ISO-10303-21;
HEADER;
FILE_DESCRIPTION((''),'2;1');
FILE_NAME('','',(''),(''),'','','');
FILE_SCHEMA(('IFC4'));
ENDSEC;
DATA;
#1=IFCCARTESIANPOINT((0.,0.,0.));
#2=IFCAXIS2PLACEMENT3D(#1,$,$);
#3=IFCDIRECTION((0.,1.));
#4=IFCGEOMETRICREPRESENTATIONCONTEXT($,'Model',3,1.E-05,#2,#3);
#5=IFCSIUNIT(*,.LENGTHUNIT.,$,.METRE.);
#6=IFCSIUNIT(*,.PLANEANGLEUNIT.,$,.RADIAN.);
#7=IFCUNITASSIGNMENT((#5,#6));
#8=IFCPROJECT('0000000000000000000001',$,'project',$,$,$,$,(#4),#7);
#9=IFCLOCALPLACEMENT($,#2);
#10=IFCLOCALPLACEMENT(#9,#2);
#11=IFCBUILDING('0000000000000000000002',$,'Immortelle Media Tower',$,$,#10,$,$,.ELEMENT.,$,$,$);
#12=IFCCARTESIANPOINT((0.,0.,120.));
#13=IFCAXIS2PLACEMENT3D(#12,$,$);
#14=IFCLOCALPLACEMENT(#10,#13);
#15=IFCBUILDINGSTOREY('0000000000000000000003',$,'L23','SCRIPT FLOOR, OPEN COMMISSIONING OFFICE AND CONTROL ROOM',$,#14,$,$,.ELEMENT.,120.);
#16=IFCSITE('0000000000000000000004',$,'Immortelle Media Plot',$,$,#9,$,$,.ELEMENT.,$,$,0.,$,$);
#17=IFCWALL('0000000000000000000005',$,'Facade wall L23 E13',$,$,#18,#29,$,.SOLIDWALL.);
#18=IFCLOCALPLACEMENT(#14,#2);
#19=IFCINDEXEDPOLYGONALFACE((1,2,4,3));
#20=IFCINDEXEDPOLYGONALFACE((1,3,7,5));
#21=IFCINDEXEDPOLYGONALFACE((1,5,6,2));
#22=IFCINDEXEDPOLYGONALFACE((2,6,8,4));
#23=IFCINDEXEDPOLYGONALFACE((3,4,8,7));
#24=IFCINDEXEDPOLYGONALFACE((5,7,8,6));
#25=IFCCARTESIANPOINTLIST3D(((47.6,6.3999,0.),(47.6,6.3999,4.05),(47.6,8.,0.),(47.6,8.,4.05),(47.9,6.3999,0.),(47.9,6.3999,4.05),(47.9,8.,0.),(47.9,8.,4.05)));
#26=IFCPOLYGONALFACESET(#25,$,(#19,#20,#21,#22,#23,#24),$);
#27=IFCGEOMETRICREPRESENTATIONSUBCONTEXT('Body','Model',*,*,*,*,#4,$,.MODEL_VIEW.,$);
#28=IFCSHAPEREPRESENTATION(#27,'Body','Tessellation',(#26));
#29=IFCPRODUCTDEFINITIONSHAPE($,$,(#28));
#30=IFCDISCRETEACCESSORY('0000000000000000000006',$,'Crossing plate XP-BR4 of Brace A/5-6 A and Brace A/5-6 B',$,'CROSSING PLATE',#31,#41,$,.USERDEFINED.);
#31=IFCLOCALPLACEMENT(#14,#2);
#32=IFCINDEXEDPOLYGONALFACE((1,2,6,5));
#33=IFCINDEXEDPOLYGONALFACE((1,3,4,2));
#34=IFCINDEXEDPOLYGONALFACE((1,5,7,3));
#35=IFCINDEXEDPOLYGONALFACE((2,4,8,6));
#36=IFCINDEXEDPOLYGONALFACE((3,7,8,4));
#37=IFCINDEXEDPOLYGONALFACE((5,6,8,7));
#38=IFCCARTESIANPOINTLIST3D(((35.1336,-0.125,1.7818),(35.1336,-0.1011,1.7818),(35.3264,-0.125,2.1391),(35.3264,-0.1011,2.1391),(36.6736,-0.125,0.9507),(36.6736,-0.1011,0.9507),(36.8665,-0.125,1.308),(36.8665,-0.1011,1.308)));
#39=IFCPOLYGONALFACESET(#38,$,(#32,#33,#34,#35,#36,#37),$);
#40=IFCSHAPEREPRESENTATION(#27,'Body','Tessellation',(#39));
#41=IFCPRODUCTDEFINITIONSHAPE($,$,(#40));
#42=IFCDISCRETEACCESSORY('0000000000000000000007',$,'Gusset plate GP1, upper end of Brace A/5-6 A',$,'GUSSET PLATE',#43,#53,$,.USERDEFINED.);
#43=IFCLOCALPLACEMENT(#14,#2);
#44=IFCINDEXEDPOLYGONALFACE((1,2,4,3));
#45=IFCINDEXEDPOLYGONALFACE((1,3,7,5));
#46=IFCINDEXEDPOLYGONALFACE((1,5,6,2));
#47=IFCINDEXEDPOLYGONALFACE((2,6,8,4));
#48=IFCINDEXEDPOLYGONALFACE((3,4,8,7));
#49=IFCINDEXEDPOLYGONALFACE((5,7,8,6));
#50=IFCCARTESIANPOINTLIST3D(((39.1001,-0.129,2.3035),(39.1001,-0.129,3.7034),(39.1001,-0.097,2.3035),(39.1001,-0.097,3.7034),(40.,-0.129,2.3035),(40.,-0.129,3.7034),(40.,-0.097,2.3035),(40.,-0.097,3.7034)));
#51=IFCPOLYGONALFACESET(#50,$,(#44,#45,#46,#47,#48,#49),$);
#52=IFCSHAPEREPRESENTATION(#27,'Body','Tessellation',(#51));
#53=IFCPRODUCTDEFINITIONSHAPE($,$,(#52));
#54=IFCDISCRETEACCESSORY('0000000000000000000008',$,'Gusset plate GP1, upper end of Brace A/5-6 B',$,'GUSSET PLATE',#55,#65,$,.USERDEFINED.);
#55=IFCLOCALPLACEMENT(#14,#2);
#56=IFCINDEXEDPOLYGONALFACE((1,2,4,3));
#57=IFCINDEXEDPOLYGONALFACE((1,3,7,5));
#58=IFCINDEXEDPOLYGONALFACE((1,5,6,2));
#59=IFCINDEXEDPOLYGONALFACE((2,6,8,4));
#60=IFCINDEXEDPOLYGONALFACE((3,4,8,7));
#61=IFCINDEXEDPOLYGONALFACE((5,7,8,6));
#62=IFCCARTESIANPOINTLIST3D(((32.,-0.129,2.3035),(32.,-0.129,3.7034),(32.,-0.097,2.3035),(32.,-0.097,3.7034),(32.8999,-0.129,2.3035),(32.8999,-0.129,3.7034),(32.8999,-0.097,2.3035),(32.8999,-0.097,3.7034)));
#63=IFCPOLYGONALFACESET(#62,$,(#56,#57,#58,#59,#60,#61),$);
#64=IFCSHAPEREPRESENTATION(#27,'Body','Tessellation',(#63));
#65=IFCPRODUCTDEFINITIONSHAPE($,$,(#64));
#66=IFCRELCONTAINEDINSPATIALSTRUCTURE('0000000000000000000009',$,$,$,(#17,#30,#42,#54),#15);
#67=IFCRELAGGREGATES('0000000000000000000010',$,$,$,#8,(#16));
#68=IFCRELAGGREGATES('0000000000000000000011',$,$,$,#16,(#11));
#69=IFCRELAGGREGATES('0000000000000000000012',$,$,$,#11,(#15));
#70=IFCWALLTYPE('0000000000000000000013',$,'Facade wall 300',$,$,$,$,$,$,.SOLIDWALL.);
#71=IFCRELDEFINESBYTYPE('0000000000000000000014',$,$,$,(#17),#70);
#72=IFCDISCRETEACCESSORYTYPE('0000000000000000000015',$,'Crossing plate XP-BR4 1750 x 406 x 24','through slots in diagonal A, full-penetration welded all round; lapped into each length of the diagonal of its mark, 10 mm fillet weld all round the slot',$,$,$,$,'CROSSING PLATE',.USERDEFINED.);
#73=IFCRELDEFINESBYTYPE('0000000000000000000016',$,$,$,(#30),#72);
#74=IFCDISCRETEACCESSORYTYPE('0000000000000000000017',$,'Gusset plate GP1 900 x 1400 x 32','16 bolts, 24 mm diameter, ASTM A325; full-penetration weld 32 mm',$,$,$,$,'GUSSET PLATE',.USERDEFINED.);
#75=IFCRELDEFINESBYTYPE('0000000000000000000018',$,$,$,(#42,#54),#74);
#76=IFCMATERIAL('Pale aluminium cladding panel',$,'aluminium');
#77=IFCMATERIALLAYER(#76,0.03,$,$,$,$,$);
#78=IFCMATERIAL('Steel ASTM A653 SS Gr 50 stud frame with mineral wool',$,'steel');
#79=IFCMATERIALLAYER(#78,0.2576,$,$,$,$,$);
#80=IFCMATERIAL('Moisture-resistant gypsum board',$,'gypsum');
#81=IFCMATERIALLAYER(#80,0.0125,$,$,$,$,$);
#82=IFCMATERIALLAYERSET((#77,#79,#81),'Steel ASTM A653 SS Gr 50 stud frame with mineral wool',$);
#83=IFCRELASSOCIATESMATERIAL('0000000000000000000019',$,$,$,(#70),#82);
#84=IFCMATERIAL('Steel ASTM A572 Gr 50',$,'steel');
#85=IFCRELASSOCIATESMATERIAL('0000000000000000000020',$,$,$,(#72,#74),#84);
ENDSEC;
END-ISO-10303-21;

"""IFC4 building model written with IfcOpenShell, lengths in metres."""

from ifc_helpers import new_model, si_unit, direction, frame, frame_2d, origin, origin_2d, place, context, subcontext, project, spatial, rectangle, extrude, material, layer, layer_set, material_profile, profile_set, type_object, element, save


model = new_model("IFC4")

# Units and contexts
model_context = context("Model", 3, precision=1e-05, world=origin(), true_north=direction((0.0, 1.0)))
body_context = subcontext(model_context, "Body", "Model", "MODEL_VIEW")
ifc_project = project(units=[si_unit("LENGTHUNIT", "METRE"), si_unit("PLANEANGLEUNIT", "RADIAN")], contexts=[model_context])

# Site, building, storey
site_placement = place(None, origin())
site = spatial("IfcSite", under=ifc_project, at=site_placement, Name="Immortelle Media Plot", CompositionType="ELEMENT", RefElevation=0.0)
building_placement = place(site_placement, origin())
building = spatial("IfcBuilding", under=site, at=building_placement, Name="Immortelle Media Tower", CompositionType="ELEMENT")
storey_placement = place(building_placement, frame((0.0, 0.0, 120.0)))
storey = spatial("IfcBuildingStorey", under=building, at=storey_placement, Name="L23", Description="SCRIPT FLOOR, OPEN COMMISSIONING OFFICE AND CONTROL ROOM", CompositionType="ELEMENT", Elevation=120.0)

# Wall
ifc_material_1 = material(Name="Pale aluminium cladding panel", Category="aluminium")
ifc_layer_1 = layer(ifc_material_1, 0.03)
ifc_material_2 = material(Name="Steel ASTM A653 SS Gr 50 stud frame with mineral wool", Category="steel")
ifc_layer_2 = layer(ifc_material_2, 0.2576)
ifc_material_3 = material(Name="Moisture-resistant gypsum board", Category="gypsum")
ifc_layer_3 = layer(ifc_material_3, 0.0125)
ifc_layer_set = layer_set([ifc_layer_1, ifc_layer_2, ifc_layer_3], Name="Steel ASTM A653 SS Gr 50 stud frame with mineral wool")
wall_type = type_object("IfcWallType", Name="Facade wall 300", PredefinedType="SOLIDWALL", material=ifc_layer_set)
wall_1_placement = place(storey_placement, frame((47.75, 6.3999, 0.0), z_axis=(0.0, 0.0, 1.0), x_axis=(0.0, 1.0, 0.0)))
element("IfcWall", 1, at=wall_1_placement, inside=storey, type_object=wall_type, Name="Facade wall L23 E13", PredefinedType="SOLIDWALL", context=body_context, shape_type="SweptSolid", body=[
    extrude(rectangle(XDim=1.6001, YDim=0.3, at=frame_2d((0.8, 0.0))), origin(), (0.0, 0.0, 1.0), 4.05),
])

# Discrete accessories
ifc_material_4 = material(Name="Steel ASTM A572 Gr 50", Category="steel")
ifc_material_profile_1 = material_profile(ifc_material_4, rectangle(XDim=0.0239, YDim=0.406, at=origin_2d()), Name="PL 24 x 406")
ifc_profile_set_1 = profile_set([ifc_material_profile_1], Name="Steel ASTM A572 Gr 50")
discrete_accessory_type_1 = type_object("IfcDiscreteAccessoryType", Name="Crossing plate XP-BR4 1750 x 406 x 24", Description="through slots in diagonal A, full-penetration welded all round; lapped into each length of the diagonal of its mark, 10 mm fillet weld all round the slot", ElementType="CROSSING PLATE", PredefinedType="USERDEFINED", material=ifc_profile_set_1)
discrete_accessory_placement = place(storey_placement, frame((35.23, -0.113, 1.9604), z_axis=(0.880041, 0.0, -0.474898), x_axis=(0.0, 1.0, 0.0)))
element("IfcDiscreteAccessory", 2, at=discrete_accessory_placement, inside=storey, type_object=discrete_accessory_type_1, Name="Crossing plate XP-BR4 of Brace A/5-6 A and Brace A/5-6 B", ObjectType="CROSSING PLATE", PredefinedType="USERDEFINED", context=body_context, shape_type="SweptSolid", body=[
    extrude(rectangle(XDim=0.0239, YDim=0.406, at=origin_2d()), origin(), (0.0, 0.0, 1.0), 1.75),
])
ifc_material_profile_2 = material_profile(ifc_material_4, rectangle(XDim=0.032, YDim=1.3999, at=origin_2d()), Name="PL 32 x 1400")
ifc_profile_set_2 = profile_set([ifc_material_profile_2], Name="Steel ASTM A572 Gr 50")
discrete_accessory_type_2 = type_object("IfcDiscreteAccessoryType", Name="Gusset plate GP1 900 x 1400 x 32", Description="16 bolts, 24 mm diameter, ASTM A325; full-penetration weld 32 mm", ElementType="GUSSET PLATE", PredefinedType="USERDEFINED", material=ifc_profile_set_2)
for number, where, z_axis, x_axis, name in (
    (3, (40.0, -0.113, 3.0034), (-1.0, 0.0, 0.0), (0.0, -1.0, 0.0), "Gusset plate GP1, upper end of Brace A/5-6 A"),
    (4, (32.0, -0.113, 3.0034), (1.0, 0.0, 0.0), (0.0, 1.0, 0.0), "Gusset plate GP1, upper end of Brace A/5-6 B"),
):
    element("IfcDiscreteAccessory", number, at=place(storey_placement, frame(where, z_axis=z_axis, x_axis=x_axis)), inside=storey, type_object=discrete_accessory_type_2, Name=name, ObjectType="GUSSET PLATE", PredefinedType="USERDEFINED", context=body_context, shape_type="SweptSolid", body=[
        extrude(rectangle(XDim=0.032, YDim=1.3999, at=origin_2d()), origin(), (0.0, 0.0, 1.0), 0.8999),
    ])

save(model, "model.ifc")
